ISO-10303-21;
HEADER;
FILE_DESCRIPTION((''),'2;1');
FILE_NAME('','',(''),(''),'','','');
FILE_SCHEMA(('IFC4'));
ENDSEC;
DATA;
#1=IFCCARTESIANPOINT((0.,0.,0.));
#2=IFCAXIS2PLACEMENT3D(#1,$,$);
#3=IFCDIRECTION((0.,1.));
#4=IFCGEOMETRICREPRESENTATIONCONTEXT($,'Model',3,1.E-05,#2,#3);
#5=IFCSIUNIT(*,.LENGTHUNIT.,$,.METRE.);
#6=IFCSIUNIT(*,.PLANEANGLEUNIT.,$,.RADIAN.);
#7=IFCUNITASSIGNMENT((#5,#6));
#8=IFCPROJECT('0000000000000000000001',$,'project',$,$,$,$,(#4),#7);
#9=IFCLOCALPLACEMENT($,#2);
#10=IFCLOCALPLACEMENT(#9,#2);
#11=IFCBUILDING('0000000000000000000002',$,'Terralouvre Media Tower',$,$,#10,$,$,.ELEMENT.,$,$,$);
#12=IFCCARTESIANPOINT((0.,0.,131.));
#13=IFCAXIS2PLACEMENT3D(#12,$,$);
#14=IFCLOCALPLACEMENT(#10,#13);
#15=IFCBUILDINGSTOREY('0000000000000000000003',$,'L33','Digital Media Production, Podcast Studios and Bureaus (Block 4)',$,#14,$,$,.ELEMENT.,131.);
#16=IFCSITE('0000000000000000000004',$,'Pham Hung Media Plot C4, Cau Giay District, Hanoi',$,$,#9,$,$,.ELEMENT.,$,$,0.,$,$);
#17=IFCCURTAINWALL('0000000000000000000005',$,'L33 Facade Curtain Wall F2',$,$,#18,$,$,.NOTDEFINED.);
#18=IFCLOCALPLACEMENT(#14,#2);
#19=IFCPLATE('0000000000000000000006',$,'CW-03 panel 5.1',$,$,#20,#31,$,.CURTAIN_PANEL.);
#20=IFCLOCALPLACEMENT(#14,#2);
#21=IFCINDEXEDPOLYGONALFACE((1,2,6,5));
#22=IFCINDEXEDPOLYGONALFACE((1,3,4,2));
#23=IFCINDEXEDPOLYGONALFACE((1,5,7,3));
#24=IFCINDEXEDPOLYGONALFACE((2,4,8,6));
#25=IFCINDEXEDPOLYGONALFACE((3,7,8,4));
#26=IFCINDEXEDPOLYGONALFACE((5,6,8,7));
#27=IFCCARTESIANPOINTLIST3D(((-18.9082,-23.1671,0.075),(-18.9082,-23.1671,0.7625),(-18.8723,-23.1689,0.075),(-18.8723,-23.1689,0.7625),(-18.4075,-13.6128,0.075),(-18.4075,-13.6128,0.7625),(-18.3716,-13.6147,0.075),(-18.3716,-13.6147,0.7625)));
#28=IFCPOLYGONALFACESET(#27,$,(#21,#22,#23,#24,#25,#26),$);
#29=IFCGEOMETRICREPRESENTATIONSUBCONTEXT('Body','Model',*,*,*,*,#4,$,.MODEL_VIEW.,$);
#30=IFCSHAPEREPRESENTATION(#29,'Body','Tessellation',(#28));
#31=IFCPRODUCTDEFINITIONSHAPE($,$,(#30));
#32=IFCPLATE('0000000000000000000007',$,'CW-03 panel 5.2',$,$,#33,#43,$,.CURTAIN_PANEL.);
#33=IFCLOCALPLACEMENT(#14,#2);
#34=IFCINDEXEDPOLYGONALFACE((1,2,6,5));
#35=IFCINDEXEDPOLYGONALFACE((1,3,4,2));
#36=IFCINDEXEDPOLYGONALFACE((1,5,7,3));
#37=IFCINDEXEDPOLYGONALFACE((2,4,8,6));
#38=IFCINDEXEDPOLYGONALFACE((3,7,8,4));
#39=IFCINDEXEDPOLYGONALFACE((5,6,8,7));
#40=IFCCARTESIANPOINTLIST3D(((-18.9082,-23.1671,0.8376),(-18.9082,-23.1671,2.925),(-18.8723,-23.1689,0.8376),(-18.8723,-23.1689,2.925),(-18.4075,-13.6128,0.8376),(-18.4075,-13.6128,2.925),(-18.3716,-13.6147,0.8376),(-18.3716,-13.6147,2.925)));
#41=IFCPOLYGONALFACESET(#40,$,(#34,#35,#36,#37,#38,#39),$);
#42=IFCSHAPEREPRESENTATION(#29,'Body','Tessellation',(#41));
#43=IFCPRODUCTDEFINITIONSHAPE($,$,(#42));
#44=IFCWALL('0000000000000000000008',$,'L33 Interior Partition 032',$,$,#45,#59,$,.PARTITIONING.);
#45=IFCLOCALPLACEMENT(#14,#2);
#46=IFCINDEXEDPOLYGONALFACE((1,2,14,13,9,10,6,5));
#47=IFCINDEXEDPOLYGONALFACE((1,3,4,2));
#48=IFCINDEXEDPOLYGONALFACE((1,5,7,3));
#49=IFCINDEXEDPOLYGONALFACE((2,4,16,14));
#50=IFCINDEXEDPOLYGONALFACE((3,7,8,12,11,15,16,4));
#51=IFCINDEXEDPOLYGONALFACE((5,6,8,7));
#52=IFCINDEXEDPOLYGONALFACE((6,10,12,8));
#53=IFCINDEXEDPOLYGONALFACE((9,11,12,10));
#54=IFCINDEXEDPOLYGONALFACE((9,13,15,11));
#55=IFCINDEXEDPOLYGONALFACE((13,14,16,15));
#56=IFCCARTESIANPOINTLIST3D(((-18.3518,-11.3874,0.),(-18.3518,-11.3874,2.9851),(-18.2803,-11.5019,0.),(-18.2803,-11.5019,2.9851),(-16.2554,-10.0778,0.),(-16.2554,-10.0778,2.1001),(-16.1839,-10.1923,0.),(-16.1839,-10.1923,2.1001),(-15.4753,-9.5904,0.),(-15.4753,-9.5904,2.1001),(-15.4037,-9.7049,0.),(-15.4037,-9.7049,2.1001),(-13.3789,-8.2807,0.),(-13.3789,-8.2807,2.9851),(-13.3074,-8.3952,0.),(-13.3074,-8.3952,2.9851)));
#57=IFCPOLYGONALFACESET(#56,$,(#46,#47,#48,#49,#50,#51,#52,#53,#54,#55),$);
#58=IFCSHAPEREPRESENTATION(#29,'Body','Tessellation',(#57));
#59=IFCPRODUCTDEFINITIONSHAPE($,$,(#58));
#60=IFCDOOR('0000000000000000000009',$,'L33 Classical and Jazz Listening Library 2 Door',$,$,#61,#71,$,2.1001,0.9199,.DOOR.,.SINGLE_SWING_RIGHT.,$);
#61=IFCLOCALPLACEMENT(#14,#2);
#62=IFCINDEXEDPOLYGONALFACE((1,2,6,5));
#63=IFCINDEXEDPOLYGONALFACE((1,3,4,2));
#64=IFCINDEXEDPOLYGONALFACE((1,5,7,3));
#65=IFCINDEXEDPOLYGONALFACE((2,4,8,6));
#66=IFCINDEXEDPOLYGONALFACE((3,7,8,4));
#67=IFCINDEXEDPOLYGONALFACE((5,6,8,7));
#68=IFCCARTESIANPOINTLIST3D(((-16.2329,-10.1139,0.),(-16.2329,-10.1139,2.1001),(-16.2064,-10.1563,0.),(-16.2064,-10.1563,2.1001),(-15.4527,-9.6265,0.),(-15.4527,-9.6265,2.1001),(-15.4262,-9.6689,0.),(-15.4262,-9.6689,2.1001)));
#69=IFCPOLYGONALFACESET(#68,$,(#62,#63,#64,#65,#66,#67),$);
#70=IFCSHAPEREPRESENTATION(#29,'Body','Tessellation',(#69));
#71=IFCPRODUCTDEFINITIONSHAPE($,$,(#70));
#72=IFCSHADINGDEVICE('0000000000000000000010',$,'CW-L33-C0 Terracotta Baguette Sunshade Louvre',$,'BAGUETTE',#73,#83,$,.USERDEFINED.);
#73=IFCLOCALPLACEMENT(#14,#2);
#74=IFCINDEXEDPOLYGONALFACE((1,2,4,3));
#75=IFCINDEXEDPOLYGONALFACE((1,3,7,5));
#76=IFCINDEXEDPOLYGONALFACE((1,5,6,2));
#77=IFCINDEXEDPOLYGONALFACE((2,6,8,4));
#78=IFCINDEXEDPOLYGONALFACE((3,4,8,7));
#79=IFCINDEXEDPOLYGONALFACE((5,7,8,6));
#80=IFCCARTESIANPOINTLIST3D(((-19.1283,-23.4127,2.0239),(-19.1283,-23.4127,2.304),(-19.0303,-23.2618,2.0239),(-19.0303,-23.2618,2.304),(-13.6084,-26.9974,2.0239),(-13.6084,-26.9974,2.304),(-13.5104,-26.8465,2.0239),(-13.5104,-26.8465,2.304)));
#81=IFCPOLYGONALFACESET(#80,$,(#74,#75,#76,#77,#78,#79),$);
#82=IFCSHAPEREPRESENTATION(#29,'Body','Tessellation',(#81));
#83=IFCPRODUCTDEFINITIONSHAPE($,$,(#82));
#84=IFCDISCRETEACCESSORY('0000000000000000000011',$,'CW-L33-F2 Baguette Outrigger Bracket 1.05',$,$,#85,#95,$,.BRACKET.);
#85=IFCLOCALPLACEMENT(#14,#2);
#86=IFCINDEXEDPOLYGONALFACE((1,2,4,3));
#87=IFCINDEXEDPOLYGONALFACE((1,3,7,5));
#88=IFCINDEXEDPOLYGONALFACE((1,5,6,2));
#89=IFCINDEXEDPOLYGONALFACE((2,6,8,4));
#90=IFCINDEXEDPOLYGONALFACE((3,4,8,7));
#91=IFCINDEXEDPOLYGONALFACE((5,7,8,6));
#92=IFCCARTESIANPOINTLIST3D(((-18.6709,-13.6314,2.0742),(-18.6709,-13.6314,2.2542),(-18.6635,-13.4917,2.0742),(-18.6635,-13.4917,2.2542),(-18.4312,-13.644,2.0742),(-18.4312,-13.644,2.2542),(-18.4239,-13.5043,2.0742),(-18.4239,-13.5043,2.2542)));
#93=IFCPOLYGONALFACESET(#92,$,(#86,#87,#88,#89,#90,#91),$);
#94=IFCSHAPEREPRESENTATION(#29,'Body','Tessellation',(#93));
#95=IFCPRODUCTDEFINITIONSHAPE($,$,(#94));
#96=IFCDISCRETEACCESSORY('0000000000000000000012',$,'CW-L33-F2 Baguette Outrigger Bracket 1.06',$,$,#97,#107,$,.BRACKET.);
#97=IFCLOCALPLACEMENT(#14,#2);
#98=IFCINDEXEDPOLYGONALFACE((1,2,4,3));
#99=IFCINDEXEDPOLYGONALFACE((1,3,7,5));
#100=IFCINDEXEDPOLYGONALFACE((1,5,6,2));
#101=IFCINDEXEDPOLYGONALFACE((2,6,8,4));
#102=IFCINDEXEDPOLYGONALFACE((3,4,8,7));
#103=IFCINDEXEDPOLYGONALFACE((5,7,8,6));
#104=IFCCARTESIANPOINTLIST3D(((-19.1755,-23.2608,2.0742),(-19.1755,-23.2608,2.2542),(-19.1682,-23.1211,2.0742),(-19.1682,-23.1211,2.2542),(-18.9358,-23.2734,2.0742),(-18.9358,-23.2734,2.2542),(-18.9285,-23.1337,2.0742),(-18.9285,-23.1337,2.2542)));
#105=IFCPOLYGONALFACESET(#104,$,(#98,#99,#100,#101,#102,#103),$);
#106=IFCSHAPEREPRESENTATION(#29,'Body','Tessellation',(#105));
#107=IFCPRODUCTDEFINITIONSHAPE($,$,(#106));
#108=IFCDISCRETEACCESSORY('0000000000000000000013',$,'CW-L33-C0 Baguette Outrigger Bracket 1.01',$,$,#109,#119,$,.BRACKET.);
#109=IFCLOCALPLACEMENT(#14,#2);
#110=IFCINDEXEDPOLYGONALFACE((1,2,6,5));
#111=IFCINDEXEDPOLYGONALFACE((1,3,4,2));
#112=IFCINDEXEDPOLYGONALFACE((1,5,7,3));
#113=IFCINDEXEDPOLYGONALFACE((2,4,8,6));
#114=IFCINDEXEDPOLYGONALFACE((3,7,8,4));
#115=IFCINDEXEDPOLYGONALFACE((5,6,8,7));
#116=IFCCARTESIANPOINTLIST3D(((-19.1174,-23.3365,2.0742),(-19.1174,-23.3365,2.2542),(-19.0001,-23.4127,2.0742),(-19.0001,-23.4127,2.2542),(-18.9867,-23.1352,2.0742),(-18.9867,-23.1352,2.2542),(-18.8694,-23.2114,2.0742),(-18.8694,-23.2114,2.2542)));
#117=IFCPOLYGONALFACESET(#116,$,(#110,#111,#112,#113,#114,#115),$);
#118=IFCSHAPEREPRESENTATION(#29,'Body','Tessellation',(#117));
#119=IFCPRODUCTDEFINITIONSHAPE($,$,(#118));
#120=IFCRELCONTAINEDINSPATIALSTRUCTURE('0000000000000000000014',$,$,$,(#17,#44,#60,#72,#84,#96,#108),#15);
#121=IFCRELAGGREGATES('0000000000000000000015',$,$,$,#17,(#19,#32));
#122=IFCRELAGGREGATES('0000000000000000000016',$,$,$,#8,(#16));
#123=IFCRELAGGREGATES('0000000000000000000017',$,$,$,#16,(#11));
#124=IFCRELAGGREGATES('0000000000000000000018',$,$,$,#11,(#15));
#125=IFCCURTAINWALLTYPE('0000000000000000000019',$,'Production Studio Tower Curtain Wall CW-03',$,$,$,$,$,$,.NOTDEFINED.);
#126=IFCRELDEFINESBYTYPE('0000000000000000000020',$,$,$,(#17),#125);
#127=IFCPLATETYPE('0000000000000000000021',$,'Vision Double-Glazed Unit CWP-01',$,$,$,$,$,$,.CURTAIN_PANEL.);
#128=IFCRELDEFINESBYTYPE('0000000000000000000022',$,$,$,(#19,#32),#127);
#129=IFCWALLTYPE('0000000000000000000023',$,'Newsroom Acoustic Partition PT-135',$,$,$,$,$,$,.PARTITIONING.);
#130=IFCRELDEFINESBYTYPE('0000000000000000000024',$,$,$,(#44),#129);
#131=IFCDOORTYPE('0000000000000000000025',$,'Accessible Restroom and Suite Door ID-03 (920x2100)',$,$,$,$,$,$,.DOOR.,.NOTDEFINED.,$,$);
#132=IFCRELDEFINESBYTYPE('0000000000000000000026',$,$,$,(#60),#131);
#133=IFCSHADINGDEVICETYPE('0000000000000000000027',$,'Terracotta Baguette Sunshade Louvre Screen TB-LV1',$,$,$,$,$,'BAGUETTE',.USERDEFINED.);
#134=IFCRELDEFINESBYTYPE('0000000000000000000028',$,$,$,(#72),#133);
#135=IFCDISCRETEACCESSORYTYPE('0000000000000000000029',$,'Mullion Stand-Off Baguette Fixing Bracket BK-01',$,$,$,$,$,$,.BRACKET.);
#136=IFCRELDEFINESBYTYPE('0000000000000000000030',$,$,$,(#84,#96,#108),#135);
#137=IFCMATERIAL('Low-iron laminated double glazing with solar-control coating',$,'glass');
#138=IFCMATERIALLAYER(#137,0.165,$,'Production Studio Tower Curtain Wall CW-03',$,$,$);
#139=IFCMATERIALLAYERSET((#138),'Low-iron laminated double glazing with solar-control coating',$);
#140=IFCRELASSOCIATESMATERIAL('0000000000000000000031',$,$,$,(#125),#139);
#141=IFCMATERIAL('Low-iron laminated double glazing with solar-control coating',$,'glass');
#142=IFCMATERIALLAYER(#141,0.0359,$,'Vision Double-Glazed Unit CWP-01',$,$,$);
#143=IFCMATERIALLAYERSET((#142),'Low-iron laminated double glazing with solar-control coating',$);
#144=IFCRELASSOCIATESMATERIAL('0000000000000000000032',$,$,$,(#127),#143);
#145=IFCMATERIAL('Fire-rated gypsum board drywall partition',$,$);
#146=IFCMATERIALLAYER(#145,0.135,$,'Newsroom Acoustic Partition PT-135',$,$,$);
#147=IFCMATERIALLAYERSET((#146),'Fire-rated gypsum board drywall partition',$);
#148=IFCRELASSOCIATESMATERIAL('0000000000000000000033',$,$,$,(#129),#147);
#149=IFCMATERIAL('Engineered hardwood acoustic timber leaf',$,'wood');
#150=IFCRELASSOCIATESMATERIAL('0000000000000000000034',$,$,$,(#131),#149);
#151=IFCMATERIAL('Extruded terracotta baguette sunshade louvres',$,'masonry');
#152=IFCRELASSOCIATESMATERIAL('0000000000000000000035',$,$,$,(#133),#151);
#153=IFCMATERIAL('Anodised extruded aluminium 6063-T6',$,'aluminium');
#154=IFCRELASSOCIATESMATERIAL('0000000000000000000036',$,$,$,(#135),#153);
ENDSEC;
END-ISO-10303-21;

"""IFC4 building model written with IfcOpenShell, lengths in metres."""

from ifc_helpers import new_model, si_unit, direction, frame, frame_2d, origin, origin_2d, place, context, subcontext, project, spatial, rectangle, extrude, material, layer, layer_set, type_object, element, fill, aggregate, save


model = new_model("IFC4")

# Units and contexts
model_context = context("Model", 3, precision=1e-05, world=origin(), true_north=direction((0.0, 1.0)))
body_context = subcontext(model_context, "Body", "Model", "MODEL_VIEW")
ifc_project = project(units=[si_unit("LENGTHUNIT", "METRE"), si_unit("PLANEANGLEUNIT", "RADIAN")], contexts=[model_context])

# Site, building, storey
site_placement = place(None, origin())
site = spatial("IfcSite", under=ifc_project, at=site_placement, Name="Pham Hung Media Plot C4, Cau Giay District, Hanoi", CompositionType="ELEMENT", RefElevation=0.0)
building_placement = place(site_placement, origin())
building = spatial("IfcBuilding", under=site, at=building_placement, Name="Terralouvre Media Tower", CompositionType="ELEMENT")
storey_placement = place(building_placement, frame((0.0, 0.0, 131.0)))
storey = spatial("IfcBuildingStorey", under=building, at=storey_placement, Name="L33", Description="Digital Media Production, Podcast Studios and Bureaus (Block 4)", CompositionType="ELEMENT", Elevation=131.0)

# Curtain wall
ifc_material_1 = material(Name="Low-iron laminated double glazing with solar-control coating", Category="glass")
ifc_layer_1 = layer(ifc_material_1, 0.165, Name="Production Studio Tower Curtain Wall CW-03")
ifc_layer_set_1 = layer_set([ifc_layer_1], Name="Low-iron laminated double glazing with solar-control coating")
curtain_wall_type_1 = type_object("IfcCurtainWallType", Name="Production Studio Tower Curtain Wall CW-03", PredefinedType="NOTDEFINED", material=ifc_layer_set_1)
curtain_wall_1_placement = place(storey_placement, origin())
curtain_wall_1 = element("IfcCurtainWall", 1, at=curtain_wall_1_placement, inside=storey, type_object=curtain_wall_type_1, Name="L33 Facade Curtain Wall F2", PredefinedType="NOTDEFINED")

# Plates
ifc_material_2 = material(Name="Low-iron laminated double glazing with solar-control coating", Category="glass")
ifc_layer_2 = layer(ifc_material_2, 0.0359, Name="Vision Double-Glazed Unit CWP-01")
ifc_layer_set_2 = layer_set([ifc_layer_2], Name="Low-iron laminated double glazing with solar-control coating")
plate_type_1 = type_object("IfcPlateType", Name="Vision Double-Glazed Unit CWP-01", PredefinedType="CURTAIN_PANEL", material=ifc_layer_set_2)
plate_1_placement = place(storey_placement, frame((-18.6399, -18.3909, 0.075), z_axis=(0.0, 0.0, 1.0), x_axis=(-0.052336, -0.99863, 0.0)))
plate_1 = element("IfcPlate", 2, at=plate_1_placement, type_object=plate_type_1, Name="CW-03 panel 5.1", PredefinedType="CURTAIN_PANEL", context=body_context, shape_type="SweptSolid", body=[
    extrude(rectangle(XDim=9.5674, YDim=0.0359, at=origin_2d()), origin(), (0.0, 0.0, 1.0), 0.6875),
])
plate_2_placement = place(storey_placement, frame((-18.6399, -18.3909, 0.8376), z_axis=(0.0, 0.0, 1.0), x_axis=(-0.052336, -0.99863, 0.0)))
plate_2 = element("IfcPlate", 3, at=plate_2_placement, type_object=plate_type_1, Name="CW-03 panel 5.2", PredefinedType="CURTAIN_PANEL", context=body_context, shape_type="SweptSolid", body=[
    extrude(rectangle(XDim=9.5674, YDim=0.0359, at=origin_2d()), origin(), (0.0, 0.0, 1.0), 2.0874),
])
aggregate(curtain_wall_1, [plate_1, plate_2])

# Wall, opening, door
ifc_material_3 = material(Name="Fire-rated gypsum board drywall partition")
ifc_layer_3 = layer(ifc_material_3, 0.135, Name="Newsroom Acoustic Partition PT-135")
ifc_layer_set_3 = layer_set([ifc_layer_3], Name="Fire-rated gypsum board drywall partition")
wall_type = type_object("IfcWallType", Name="Newsroom Acoustic Partition PT-135", PredefinedType="PARTITIONING", material=ifc_layer_set_3)
wall_placement = place(storey_placement, frame((-18.3159, -11.4446, 0.0), z_axis=(0.0, 0.0, 1.0), x_axis=(0.848104, 0.529831, 0.0)))
wall = element("IfcWall", 4, at=wall_placement, inside=storey, type_object=wall_type, Name="L33 Interior Partition 032", PredefinedType="PARTITIONING", context=body_context, shape_type="SweptSolid", body=[
    extrude(rectangle(XDim=5.8635, YDim=0.135, at=frame_2d((2.9316, 0.0))), origin(), (0.0, 0.0, 1.0), 2.9851),
])
opening_placement = place(wall_placement, frame((2.4717, 0.0, 0.0)))
opening = element("IfcOpeningElement", 5, at=opening_placement, cuts=wall, PredefinedType="OPENING", context=body_context, shape_type="SweptSolid", body=[
    extrude(rectangle(XDim=0.9199, YDim=2.1001, at=frame_2d((0.46, 1.05))), frame((0.0, 0.0774, 0.0), z_axis=(0.0, -1.0, 0.0), x_axis=(1.0, 0.0, 0.0)), (0.0, 0.0, 1.0), 0.155),
])
ifc_material_4 = material(Name="Engineered hardwood acoustic timber leaf", Category="wood")
door_type = type_object("IfcDoorType", Name="Accessible Restroom and Suite Door ID-03 (920x2100)", OperationType="NOTDEFINED", PredefinedType="DOOR", material=ifc_material_4)
door_placement = place(opening_placement, origin())
door = element("IfcDoor", 6, at=door_placement, inside=storey, type_object=door_type, Name="L33 Classical and Jazz Listening Library 2 Door", OperationType="SINGLE_SWING_RIGHT", OverallHeight=2.1001, OverallWidth=0.9199, PredefinedType="DOOR", context=body_context, shape_type="SweptSolid", body=[
    extrude(rectangle(XDim=0.9199, YDim=2.1001, at=frame_2d((0.46, 1.05))), frame((0.0, 0.0249, 0.0), z_axis=(0.0, -1.0, 0.0), x_axis=(1.0, 0.0, 0.0)), (0.0, 0.0, 1.0), 0.05),
])
fill(opening, door)

# Shading device
ifc_material_5 = material(Name="Extruded terracotta baguette sunshade louvres", Category="masonry")
shading_device_type = type_object("IfcShadingDeviceType", Name="Terracotta Baguette Sunshade Louvre Screen TB-LV1", ElementType="BAGUETTE", PredefinedType="USERDEFINED", material=ifc_material_5)
shading_device_placement = place(storey_placement, frame((-16.3193, -25.1296, 2.0239), z_axis=(0.0, 0.0, 1.0), x_axis=(0.83867, -0.544639, 0.0)))
element("IfcShadingDevice", 7, at=shading_device_placement, inside=storey, type_object=shading_device_type, Name="CW-L33-C0 Terracotta Baguette Sunshade Louvre", ObjectType="BAGUETTE", PredefinedType="USERDEFINED", context=body_context, shape_type="SweptSolid", body=[
    extrude(rectangle(XDim=6.5818, YDim=0.1799, at=origin_2d()), origin(), (0.0, 0.0, 1.0), 0.28),
])

# Discrete accessories
ifc_material_6 = material(Name="Anodised extruded aluminium 6063-T6", Category="aluminium")
discrete_accessory_type = type_object("IfcDiscreteAccessoryType", Name="Mullion Stand-Off Baguette Fixing Bracket BK-01", PredefinedType="BRACKET", material=ifc_material_6)
for number, where, z_axis, x_axis, name in (
    (8, (-18.5474, -13.5679, 2.0742), (0.0, 0.0, 1.0), (-0.052336, -0.99863, 0.0), "CW-L33-F2 Baguette Outrigger Bracket 1.05"),
    (9, (-19.052, -23.1973, 2.0742), (0.0, 0.0, 1.0), (-0.052336, -0.99863, 0.0), "CW-L33-F2 Baguette Outrigger Bracket 1.06"),
    (10, (-18.9934, -23.2739, 2.0742), (0.0, 0.0, 1.0), (0.83867, -0.544639, 0.0), "CW-L33-C0 Baguette Outrigger Bracket 1.01"),
):
    element("IfcDiscreteAccessory", number, at=place(storey_placement, frame(where, z_axis=z_axis, x_axis=x_axis)), inside=storey, type_object=discrete_accessory_type, Name=name, PredefinedType="BRACKET", context=body_context, shape_type="SweptSolid", body=[
        extrude(rectangle(XDim=0.1399, YDim=0.24, at=origin_2d()), origin(), (0.0, 0.0, 1.0), 0.1799),
    ])

save(model, "model.ifc")
